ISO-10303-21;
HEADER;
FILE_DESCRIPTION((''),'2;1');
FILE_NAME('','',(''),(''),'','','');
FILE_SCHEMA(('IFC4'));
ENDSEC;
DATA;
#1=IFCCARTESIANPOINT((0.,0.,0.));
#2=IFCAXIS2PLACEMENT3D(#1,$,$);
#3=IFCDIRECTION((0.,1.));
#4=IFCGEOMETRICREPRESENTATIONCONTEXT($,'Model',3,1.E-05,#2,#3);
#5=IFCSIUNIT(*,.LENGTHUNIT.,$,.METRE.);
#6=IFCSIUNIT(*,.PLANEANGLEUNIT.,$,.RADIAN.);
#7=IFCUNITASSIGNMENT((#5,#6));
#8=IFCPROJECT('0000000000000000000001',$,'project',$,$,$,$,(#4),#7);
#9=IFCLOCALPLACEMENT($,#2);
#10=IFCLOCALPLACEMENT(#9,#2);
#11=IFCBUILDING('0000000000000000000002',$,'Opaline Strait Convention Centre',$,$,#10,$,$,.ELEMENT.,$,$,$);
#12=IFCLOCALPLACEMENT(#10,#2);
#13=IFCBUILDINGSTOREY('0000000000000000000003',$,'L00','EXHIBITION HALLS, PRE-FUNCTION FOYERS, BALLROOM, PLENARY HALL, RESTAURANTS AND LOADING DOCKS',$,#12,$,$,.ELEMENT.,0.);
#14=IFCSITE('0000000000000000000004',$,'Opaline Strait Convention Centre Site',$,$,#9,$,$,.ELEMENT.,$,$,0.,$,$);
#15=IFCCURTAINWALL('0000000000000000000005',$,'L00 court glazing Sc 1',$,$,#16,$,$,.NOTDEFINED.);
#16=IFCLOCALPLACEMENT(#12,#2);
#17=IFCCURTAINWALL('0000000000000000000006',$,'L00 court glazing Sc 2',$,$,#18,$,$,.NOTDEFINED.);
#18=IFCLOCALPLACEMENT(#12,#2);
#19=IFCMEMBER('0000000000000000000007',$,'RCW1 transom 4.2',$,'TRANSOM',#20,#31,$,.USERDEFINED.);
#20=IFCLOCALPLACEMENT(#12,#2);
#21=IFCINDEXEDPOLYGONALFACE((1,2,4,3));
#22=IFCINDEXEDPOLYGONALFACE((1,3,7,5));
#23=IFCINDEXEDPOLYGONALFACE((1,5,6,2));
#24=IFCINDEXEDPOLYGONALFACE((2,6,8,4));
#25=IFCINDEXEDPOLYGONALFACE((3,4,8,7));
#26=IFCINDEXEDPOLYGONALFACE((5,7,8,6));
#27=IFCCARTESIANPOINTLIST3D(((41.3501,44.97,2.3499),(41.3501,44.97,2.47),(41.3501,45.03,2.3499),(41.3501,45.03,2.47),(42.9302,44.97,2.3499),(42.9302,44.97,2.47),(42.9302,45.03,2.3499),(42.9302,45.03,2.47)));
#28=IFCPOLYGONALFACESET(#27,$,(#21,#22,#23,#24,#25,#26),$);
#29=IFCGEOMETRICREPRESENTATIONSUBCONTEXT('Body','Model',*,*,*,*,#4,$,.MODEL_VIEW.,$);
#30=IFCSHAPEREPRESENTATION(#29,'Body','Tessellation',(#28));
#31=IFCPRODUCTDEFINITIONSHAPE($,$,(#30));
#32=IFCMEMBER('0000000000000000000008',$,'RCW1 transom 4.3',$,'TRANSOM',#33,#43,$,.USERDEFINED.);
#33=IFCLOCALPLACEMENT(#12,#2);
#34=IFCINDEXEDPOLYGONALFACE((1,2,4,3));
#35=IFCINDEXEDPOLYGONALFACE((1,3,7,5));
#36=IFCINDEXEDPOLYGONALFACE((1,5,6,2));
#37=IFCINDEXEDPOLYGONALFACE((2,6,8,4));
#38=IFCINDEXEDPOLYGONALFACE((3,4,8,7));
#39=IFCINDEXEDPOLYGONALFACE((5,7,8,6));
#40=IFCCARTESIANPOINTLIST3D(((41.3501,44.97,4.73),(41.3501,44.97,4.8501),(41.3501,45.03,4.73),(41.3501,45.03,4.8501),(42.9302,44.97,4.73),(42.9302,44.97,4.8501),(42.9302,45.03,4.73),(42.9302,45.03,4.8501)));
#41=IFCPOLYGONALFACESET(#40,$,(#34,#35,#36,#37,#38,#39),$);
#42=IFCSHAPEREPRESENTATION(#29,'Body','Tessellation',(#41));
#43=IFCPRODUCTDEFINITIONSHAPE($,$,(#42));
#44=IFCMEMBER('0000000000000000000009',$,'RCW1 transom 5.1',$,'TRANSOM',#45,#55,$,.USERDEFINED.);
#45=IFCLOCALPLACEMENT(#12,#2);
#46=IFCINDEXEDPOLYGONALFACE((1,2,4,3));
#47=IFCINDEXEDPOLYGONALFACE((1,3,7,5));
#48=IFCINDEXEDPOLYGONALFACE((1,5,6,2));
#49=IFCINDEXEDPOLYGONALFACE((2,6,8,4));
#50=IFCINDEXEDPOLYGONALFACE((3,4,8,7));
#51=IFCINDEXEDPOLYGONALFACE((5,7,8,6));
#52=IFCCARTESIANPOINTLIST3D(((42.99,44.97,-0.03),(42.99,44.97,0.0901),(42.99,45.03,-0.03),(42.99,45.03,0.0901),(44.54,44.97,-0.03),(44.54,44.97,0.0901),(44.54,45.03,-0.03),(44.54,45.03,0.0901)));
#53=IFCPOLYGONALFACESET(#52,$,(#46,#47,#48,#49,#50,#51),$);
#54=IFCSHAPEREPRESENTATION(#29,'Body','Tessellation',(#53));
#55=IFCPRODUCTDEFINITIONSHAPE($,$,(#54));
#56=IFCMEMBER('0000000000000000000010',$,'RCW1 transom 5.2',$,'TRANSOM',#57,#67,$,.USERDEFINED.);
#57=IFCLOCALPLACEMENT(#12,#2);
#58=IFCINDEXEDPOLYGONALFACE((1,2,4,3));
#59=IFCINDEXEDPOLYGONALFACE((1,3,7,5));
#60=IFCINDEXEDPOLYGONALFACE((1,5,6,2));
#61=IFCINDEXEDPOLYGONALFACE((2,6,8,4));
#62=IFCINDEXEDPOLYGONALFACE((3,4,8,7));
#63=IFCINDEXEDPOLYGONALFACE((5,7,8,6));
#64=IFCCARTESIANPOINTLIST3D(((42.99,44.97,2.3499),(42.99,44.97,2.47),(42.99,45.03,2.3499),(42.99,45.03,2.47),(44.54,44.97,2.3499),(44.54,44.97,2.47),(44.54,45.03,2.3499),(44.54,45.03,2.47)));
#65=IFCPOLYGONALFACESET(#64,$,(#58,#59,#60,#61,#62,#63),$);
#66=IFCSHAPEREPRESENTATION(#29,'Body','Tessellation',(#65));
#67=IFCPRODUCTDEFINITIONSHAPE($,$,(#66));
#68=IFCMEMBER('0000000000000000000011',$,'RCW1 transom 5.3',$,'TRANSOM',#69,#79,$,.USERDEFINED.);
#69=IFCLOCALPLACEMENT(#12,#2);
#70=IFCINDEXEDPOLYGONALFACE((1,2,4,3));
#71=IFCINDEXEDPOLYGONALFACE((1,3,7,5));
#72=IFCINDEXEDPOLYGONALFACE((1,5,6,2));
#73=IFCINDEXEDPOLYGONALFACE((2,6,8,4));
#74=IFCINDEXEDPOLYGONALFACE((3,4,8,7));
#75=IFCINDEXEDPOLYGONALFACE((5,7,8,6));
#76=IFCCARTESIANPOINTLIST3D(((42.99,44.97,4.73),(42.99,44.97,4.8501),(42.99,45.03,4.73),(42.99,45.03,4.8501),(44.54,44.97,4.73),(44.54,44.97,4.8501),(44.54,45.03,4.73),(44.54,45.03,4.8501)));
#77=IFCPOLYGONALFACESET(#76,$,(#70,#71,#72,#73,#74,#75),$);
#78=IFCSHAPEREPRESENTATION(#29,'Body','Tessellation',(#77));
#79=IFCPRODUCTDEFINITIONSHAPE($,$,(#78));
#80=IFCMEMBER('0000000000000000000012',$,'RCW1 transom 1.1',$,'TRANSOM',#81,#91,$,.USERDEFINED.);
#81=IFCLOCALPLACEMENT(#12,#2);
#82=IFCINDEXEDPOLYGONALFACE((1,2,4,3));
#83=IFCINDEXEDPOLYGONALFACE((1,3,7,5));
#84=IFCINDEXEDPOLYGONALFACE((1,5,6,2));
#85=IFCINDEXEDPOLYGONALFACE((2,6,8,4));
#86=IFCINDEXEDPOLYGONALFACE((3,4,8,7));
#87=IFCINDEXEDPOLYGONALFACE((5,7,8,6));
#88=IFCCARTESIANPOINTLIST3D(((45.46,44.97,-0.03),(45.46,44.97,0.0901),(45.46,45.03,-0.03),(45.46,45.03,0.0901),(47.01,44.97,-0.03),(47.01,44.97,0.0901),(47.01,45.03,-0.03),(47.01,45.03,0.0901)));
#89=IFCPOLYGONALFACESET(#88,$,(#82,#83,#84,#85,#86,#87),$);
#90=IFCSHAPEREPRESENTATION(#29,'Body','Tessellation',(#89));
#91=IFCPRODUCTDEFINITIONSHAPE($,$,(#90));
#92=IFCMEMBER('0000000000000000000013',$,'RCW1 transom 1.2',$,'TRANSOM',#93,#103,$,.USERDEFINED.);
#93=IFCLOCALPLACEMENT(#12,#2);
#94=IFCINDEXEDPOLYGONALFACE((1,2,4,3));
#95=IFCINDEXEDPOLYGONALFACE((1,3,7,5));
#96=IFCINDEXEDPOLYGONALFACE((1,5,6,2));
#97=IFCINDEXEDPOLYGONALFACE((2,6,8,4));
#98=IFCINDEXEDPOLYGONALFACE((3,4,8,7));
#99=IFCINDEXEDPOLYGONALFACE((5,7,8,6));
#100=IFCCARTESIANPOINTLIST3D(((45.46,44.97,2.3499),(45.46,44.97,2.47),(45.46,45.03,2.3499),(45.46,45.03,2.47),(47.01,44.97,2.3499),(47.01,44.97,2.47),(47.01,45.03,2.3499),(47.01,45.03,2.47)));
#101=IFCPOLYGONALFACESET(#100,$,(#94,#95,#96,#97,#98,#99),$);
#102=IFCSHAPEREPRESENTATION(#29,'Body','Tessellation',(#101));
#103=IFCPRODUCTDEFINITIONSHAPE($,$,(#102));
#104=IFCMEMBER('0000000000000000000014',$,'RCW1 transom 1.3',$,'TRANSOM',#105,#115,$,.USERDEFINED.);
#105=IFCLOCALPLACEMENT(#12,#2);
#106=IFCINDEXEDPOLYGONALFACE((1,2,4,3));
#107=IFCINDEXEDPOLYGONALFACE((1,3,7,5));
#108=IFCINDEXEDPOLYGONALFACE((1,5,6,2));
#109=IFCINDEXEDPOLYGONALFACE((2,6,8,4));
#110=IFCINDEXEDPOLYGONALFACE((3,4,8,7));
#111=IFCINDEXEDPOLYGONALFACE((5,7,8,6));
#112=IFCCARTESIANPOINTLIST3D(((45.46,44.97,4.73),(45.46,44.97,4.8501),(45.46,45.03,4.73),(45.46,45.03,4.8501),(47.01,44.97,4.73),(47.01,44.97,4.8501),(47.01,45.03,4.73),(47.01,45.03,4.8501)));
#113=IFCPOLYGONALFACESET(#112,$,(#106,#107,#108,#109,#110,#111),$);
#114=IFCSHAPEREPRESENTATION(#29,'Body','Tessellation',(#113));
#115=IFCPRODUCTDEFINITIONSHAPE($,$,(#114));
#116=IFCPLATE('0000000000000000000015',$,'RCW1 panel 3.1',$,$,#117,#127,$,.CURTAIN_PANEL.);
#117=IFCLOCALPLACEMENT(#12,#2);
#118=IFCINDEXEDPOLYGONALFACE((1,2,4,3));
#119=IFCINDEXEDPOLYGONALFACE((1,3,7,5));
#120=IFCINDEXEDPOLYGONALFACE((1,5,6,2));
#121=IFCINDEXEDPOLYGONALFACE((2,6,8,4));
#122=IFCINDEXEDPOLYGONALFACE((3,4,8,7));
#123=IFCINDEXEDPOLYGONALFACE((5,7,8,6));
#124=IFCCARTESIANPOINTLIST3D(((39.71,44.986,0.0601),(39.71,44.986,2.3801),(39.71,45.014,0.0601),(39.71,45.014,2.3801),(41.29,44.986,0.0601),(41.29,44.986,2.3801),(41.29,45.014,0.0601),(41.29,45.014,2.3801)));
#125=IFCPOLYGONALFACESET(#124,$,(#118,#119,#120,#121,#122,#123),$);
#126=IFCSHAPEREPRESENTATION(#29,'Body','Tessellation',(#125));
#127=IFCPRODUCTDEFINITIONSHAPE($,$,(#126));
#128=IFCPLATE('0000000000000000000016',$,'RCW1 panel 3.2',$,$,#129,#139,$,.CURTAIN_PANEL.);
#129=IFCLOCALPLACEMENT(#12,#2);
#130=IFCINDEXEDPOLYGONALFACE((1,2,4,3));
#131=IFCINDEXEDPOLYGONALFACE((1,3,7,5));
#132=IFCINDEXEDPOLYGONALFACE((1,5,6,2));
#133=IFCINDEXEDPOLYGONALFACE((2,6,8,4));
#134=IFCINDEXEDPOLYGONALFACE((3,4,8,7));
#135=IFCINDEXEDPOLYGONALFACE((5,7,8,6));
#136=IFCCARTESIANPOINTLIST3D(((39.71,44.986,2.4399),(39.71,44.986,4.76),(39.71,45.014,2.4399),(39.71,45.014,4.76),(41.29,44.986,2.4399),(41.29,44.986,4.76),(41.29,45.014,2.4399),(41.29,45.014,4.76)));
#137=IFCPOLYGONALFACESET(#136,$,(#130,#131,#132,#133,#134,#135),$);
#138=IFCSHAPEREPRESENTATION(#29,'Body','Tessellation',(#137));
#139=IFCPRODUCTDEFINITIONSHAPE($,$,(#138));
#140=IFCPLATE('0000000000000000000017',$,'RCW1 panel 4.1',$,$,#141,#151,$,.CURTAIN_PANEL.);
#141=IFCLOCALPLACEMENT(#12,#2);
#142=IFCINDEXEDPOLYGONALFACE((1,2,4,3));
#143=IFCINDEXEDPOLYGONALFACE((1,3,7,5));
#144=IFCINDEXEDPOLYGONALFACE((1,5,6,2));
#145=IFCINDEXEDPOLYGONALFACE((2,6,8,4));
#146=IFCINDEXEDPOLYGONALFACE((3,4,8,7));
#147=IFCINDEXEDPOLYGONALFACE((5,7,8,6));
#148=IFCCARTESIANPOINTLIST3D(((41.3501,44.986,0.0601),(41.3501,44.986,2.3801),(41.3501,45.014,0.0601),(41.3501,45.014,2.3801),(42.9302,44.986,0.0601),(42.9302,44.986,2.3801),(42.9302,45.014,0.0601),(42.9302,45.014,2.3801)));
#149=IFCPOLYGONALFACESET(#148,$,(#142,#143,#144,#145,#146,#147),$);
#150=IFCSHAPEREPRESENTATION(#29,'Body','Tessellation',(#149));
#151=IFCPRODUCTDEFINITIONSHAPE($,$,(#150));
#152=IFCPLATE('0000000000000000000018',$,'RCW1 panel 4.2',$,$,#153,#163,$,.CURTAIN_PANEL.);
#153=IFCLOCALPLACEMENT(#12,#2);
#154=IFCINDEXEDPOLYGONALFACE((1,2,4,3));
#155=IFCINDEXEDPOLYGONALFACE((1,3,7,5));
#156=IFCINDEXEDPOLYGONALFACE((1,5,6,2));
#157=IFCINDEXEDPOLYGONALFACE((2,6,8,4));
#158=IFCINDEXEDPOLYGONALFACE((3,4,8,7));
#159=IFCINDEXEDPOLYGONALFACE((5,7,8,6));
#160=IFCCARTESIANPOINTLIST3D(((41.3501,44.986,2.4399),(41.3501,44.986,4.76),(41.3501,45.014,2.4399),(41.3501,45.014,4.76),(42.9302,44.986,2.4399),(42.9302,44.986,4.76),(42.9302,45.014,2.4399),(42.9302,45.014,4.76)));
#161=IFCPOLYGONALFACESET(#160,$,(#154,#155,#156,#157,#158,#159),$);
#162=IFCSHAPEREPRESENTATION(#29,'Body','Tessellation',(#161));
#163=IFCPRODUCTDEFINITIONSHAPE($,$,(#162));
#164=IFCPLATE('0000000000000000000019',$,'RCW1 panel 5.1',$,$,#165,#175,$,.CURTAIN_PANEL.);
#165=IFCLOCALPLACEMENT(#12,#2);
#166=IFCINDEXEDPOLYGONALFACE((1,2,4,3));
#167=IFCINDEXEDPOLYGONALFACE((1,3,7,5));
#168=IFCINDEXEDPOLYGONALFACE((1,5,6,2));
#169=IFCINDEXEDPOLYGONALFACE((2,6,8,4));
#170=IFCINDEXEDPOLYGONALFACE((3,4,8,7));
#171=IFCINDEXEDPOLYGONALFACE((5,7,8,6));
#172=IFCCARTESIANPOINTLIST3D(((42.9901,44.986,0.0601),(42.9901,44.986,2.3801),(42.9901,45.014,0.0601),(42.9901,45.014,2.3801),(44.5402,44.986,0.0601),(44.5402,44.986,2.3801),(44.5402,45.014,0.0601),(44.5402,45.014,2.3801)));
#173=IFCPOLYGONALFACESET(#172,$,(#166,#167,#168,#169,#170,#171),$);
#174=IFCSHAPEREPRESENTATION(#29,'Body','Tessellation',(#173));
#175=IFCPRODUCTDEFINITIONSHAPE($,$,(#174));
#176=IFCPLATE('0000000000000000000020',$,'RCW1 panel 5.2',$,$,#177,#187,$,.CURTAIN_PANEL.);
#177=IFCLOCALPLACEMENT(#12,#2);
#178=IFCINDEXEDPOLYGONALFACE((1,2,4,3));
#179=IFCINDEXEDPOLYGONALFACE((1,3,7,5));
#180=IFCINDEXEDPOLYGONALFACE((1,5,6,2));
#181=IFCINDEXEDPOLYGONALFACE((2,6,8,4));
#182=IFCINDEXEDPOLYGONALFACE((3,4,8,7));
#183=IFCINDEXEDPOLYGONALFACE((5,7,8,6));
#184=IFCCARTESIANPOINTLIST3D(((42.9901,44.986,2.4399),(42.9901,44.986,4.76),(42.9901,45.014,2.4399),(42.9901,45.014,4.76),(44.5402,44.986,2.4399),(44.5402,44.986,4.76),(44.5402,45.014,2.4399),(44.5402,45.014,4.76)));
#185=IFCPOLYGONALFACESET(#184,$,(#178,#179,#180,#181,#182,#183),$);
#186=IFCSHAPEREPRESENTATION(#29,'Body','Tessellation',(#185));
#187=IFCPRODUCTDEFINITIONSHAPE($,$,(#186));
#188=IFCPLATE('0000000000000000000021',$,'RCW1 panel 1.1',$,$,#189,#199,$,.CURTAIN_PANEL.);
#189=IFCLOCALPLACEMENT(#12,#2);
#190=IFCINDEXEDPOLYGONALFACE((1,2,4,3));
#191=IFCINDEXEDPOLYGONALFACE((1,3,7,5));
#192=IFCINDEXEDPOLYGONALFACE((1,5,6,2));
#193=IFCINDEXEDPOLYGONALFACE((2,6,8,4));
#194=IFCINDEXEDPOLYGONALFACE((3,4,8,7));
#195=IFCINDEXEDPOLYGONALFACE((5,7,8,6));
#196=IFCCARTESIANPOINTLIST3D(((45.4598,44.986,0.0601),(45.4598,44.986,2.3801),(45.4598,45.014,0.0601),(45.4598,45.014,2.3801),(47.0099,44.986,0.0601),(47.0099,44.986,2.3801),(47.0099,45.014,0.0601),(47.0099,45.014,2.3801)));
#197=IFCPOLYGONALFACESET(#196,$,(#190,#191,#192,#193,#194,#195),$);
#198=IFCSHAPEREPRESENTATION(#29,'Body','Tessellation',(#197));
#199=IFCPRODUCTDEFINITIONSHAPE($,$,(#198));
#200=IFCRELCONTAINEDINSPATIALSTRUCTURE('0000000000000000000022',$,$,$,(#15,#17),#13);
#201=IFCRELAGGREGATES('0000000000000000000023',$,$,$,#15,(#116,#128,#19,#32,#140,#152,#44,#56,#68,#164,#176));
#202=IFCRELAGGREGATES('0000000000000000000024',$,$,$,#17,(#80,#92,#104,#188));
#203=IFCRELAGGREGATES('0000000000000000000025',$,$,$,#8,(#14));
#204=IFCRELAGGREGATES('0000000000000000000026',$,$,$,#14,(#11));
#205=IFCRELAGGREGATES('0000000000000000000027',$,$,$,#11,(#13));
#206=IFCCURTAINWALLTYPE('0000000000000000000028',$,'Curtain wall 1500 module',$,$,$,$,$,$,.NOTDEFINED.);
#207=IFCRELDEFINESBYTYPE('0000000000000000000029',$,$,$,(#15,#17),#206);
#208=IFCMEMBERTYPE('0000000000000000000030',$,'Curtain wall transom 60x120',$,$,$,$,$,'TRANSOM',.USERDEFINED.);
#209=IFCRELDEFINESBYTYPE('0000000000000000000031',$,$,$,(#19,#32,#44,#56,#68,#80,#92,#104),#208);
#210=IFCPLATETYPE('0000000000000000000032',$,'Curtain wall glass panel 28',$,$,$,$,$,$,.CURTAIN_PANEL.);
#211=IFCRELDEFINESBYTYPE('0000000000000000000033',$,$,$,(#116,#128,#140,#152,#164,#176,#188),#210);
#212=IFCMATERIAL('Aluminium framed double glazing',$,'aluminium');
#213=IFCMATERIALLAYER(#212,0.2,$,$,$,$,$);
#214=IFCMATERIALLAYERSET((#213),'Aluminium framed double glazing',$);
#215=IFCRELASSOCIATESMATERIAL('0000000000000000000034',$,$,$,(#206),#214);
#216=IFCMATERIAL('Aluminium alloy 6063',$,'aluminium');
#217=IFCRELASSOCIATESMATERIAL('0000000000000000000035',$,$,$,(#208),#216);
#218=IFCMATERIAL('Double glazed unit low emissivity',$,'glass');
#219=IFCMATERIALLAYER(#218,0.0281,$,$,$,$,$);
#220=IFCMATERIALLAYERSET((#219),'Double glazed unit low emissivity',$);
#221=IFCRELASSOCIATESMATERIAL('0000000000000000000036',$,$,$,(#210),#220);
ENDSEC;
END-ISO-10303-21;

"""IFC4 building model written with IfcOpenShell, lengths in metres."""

from ifc_helpers import new_model, si_unit, direction, frame, origin, origin_2d, place, context, subcontext, project, spatial, rectangle, extrude, material, layer, layer_set, material_profile, profile_set, type_object, element, aggregate, save


model = new_model("IFC4")

# Units and contexts
model_context = context("Model", 3, precision=1e-05, world=origin(), true_north=direction((0.0, 1.0)))
body_context = subcontext(model_context, "Body", "Model", "MODEL_VIEW")
ifc_project = project(units=[si_unit("LENGTHUNIT", "METRE"), si_unit("PLANEANGLEUNIT", "RADIAN")], contexts=[model_context])

# Site, building, storey
site_placement = place(None, origin())
site = spatial("IfcSite", under=ifc_project, at=site_placement, Name="Opaline Strait Convention Centre Site", CompositionType="ELEMENT", RefElevation=0.0)
building_placement = place(site_placement, origin())
building = spatial("IfcBuilding", under=site, at=building_placement, Name="Opaline Strait Convention Centre", CompositionType="ELEMENT")
storey_placement = place(building_placement, origin())
storey = spatial("IfcBuildingStorey", under=building, at=storey_placement, Name="L00", Description="EXHIBITION HALLS, PRE-FUNCTION FOYERS, BALLROOM, PLENARY HALL, RESTAURANTS AND LOADING DOCKS", CompositionType="ELEMENT", Elevation=0.0)

# Curtain wall
ifc_material_1 = material(Name="Aluminium framed double glazing", Category="aluminium")
ifc_layer_1 = layer(ifc_material_1, 0.2)
ifc_layer_set_1 = layer_set([ifc_layer_1], Name="Aluminium framed double glazing")
curtain_wall_type = type_object("IfcCurtainWallType", Name="Curtain wall 1500 module", PredefinedType="NOTDEFINED", material=ifc_layer_set_1)
curtain_wall_1_placement = place(storey_placement, origin())
curtain_wall_1 = element("IfcCurtainWall", 1, at=curtain_wall_1_placement, inside=storey, type_object=curtain_wall_type, Name="L00 court glazing Sc 1", PredefinedType="NOTDEFINED")
ifc_material_2 = material(Name="Aluminium alloy 6063", Category="aluminium")

# Curtain wall
curtain_wall_2_placement = place(storey_placement, origin())
curtain_wall_2 = element("IfcCurtainWall", 2, at=curtain_wall_2_placement, inside=storey, type_object=curtain_wall_type, Name="L00 court glazing Sc 2", PredefinedType="NOTDEFINED")

# Members
ifc_material_profile_1 = material_profile(ifc_material_2, rectangle(XDim=0.0601, YDim=0.1201, at=origin_2d()), Name="Curtain wall transom 60x120")
ifc_profile_set_1 = profile_set([ifc_material_profile_1], Name="Aluminium alloy 6063")
member_type_1 = type_object("IfcMemberType", Name="Curtain wall transom 60x120", ElementType="TRANSOM", PredefinedType="USERDEFINED", material=ifc_profile_set_1)
member_1_placement = place(storey_placement, frame((41.3501, 45.0, 2.4099), z_axis=(1.0, 0.0, 0.0), x_axis=(0.0, 1.0, 0.0)))
member_1 = element("IfcMember", 3, at=member_1_placement, type_object=member_type_1, Name="RCW1 transom 4.2", ObjectType="TRANSOM", PredefinedType="USERDEFINED", context=body_context, shape_type="SweptSolid", body=[
    extrude(rectangle(XDim=0.0601, YDim=0.1201, at=origin_2d()), origin(), (0.0, 0.0, 1.0), 1.5801),
])
member_2_placement = place(storey_placement, frame((41.3501, 45.0, 4.79), z_axis=(1.0, 0.0, 0.0), x_axis=(0.0, 1.0, 0.0)))
member_2 = element("IfcMember", 4, at=member_2_placement, type_object=member_type_1, Name="RCW1 transom 4.3", ObjectType="TRANSOM", PredefinedType="USERDEFINED", context=body_context, shape_type="SweptSolid", body=[
    extrude(rectangle(XDim=0.0601, YDim=0.1201, at=origin_2d()), origin(), (0.0, 0.0, 1.0), 1.5801),
])
member_3_placement = place(storey_placement, frame((42.99, 45.0, 0.03), z_axis=(1.0, 0.0, 0.0), x_axis=(0.0, 1.0, 0.0)))
member_3 = element("IfcMember", 5, at=member_3_placement, type_object=member_type_1, Name="RCW1 transom 5.1", ObjectType="TRANSOM", PredefinedType="USERDEFINED", context=body_context, shape_type="SweptSolid", body=[
    extrude(rectangle(XDim=0.0601, YDim=0.1201, at=origin_2d()), origin(), (0.0, 0.0, 1.0), 1.55),
])
member_4_placement = place(storey_placement, frame((42.99, 45.0, 2.4099), z_axis=(1.0, 0.0, 0.0), x_axis=(0.0, 1.0, 0.0)))
member_4 = element("IfcMember", 6, at=member_4_placement, type_object=member_type_1, Name="RCW1 transom 5.2", ObjectType="TRANSOM", PredefinedType="USERDEFINED", context=body_context, shape_type="SweptSolid", body=[
    extrude(rectangle(XDim=0.0601, YDim=0.1201, at=origin_2d()), origin(), (0.0, 0.0, 1.0), 1.55),
])
member_5_placement = place(storey_placement, frame((42.99, 45.0, 4.79), z_axis=(1.0, 0.0, 0.0), x_axis=(0.0, 1.0, 0.0)))
member_5 = element("IfcMember", 7, at=member_5_placement, type_object=member_type_1, Name="RCW1 transom 5.3", ObjectType="TRANSOM", PredefinedType="USERDEFINED", context=body_context, shape_type="SweptSolid", body=[
    extrude(rectangle(XDim=0.0601, YDim=0.1201, at=origin_2d()), origin(), (0.0, 0.0, 1.0), 1.55),
])
member_6_placement = place(storey_placement, frame((45.46, 45.0, 0.03), z_axis=(1.0, 0.0, 0.0), x_axis=(0.0, 1.0, 0.0)))
member_6 = element("IfcMember", 8, at=member_6_placement, type_object=member_type_1, Name="RCW1 transom 1.1", ObjectType="TRANSOM", PredefinedType="USERDEFINED", context=body_context, shape_type="SweptSolid", body=[
    extrude(rectangle(XDim=0.0601, YDim=0.1201, at=origin_2d()), origin(), (0.0, 0.0, 1.0), 1.55),
])
member_7_placement = place(storey_placement, frame((45.46, 45.0, 2.4099), z_axis=(1.0, 0.0, 0.0), x_axis=(0.0, 1.0, 0.0)))
member_7 = element("IfcMember", 9, at=member_7_placement, type_object=member_type_1, Name="RCW1 transom 1.2", ObjectType="TRANSOM", PredefinedType="USERDEFINED", context=body_context, shape_type="SweptSolid", body=[
    extrude(rectangle(XDim=0.0601, YDim=0.1201, at=origin_2d()), origin(), (0.0, 0.0, 1.0), 1.55),
])
member_8_placement = place(storey_placement, frame((45.46, 45.0, 4.79), z_axis=(1.0, 0.0, 0.0), x_axis=(0.0, 1.0, 0.0)))
member_8 = element("IfcMember", 10, at=member_8_placement, type_object=member_type_1, Name="RCW1 transom 1.3", ObjectType="TRANSOM", PredefinedType="USERDEFINED", context=body_context, shape_type="SweptSolid", body=[
    extrude(rectangle(XDim=0.0601, YDim=0.1201, at=origin_2d()), origin(), (0.0, 0.0, 1.0), 1.55),
])

# Plates
ifc_material_3 = material(Name="Double glazed unit low emissivity", Category="glass")
ifc_layer_2 = layer(ifc_material_3, 0.0281)
ifc_layer_set_2 = layer_set([ifc_layer_2], Name="Double glazed unit low emissivity")
plate_type = type_object("IfcPlateType", Name="Curtain wall glass panel 28", PredefinedType="CURTAIN_PANEL", material=ifc_layer_set_2)
plate_1_placement = place(storey_placement, frame((40.5, 45.0, 0.0601), z_axis=(0.0, 0.0, 1.0), x_axis=(1.0, 0.0, 0.0)))
plate_1 = element("IfcPlate", 11, at=plate_1_placement, type_object=plate_type, Name="RCW1 panel 3.1", PredefinedType="CURTAIN_PANEL", context=body_context, shape_type="SweptSolid", body=[
    extrude(rectangle(XDim=1.5801, YDim=0.0281, at=origin_2d()), origin(), (0.0, 0.0, 1.0), 2.3201),
])
plate_2_placement = place(storey_placement, frame((40.5, 45.0, 2.4399), z_axis=(0.0, 0.0, 1.0), x_axis=(1.0, 0.0, 0.0)))
plate_2 = element("IfcPlate", 12, at=plate_2_placement, type_object=plate_type, Name="RCW1 panel 3.2", PredefinedType="CURTAIN_PANEL", context=body_context, shape_type="SweptSolid", body=[
    extrude(rectangle(XDim=1.5801, YDim=0.0281, at=origin_2d()), origin(), (0.0, 0.0, 1.0), 2.3201),
])
plate_3_placement = place(storey_placement, frame((42.1401, 45.0, 0.0601), z_axis=(0.0, 0.0, 1.0), x_axis=(1.0, 0.0, 0.0)))
plate_3 = element("IfcPlate", 13, at=plate_3_placement, type_object=plate_type, Name="RCW1 panel 4.1", PredefinedType="CURTAIN_PANEL", context=body_context, shape_type="SweptSolid", body=[
    extrude(rectangle(XDim=1.5801, YDim=0.0281, at=origin_2d()), origin(), (0.0, 0.0, 1.0), 2.3201),
])
plate_4_placement = place(storey_placement, frame((42.1401, 45.0, 2.4399), z_axis=(0.0, 0.0, 1.0), x_axis=(1.0, 0.0, 0.0)))
plate_4 = element("IfcPlate", 14, at=plate_4_placement, type_object=plate_type, Name="RCW1 panel 4.2", PredefinedType="CURTAIN_PANEL", context=body_context, shape_type="SweptSolid", body=[
    extrude(rectangle(XDim=1.5801, YDim=0.0281, at=origin_2d()), origin(), (0.0, 0.0, 1.0), 2.3201),
])
plate_5_placement = place(storey_placement, frame((43.7651, 45.0, 0.0601), z_axis=(0.0, 0.0, 1.0), x_axis=(1.0, 0.0, 0.0)))
plate_5 = element("IfcPlate", 15, at=plate_5_placement, type_object=plate_type, Name="RCW1 panel 5.1", PredefinedType="CURTAIN_PANEL", context=body_context, shape_type="SweptSolid", body=[
    extrude(rectangle(XDim=1.55, YDim=0.0281, at=origin_2d()), origin(), (0.0, 0.0, 1.0), 2.3201),
])
plate_6_placement = place(storey_placement, frame((43.7651, 45.0, 2.4399), z_axis=(0.0, 0.0, 1.0), x_axis=(1.0, 0.0, 0.0)))
plate_6 = element("IfcPlate", 16, at=plate_6_placement, type_object=plate_type, Name="RCW1 panel 5.2", PredefinedType="CURTAIN_PANEL", context=body_context, shape_type="SweptSolid", body=[
    extrude(rectangle(XDim=1.55, YDim=0.0281, at=origin_2d()), origin(), (0.0, 0.0, 1.0), 2.3201),
])
aggregate(curtain_wall_1, [plate_1, plate_2, member_1, member_2, plate_3, plate_4, member_3, member_4, member_5, plate_5, plate_6])
plate_7_placement = place(storey_placement, frame((46.2349, 45.0, 0.0601), z_axis=(0.0, 0.0, 1.0), x_axis=(1.0, 0.0, 0.0)))
plate_7 = element("IfcPlate", 17, at=plate_7_placement, type_object=plate_type, Name="RCW1 panel 1.1", PredefinedType="CURTAIN_PANEL", context=body_context, shape_type="SweptSolid", body=[
    extrude(rectangle(XDim=1.55, YDim=0.0281, at=origin_2d()), origin(), (0.0, 0.0, 1.0), 2.3201),
])
aggregate(curtain_wall_2, [member_6, member_7, member_8, plate_7])

save(model, "model.ifc")
